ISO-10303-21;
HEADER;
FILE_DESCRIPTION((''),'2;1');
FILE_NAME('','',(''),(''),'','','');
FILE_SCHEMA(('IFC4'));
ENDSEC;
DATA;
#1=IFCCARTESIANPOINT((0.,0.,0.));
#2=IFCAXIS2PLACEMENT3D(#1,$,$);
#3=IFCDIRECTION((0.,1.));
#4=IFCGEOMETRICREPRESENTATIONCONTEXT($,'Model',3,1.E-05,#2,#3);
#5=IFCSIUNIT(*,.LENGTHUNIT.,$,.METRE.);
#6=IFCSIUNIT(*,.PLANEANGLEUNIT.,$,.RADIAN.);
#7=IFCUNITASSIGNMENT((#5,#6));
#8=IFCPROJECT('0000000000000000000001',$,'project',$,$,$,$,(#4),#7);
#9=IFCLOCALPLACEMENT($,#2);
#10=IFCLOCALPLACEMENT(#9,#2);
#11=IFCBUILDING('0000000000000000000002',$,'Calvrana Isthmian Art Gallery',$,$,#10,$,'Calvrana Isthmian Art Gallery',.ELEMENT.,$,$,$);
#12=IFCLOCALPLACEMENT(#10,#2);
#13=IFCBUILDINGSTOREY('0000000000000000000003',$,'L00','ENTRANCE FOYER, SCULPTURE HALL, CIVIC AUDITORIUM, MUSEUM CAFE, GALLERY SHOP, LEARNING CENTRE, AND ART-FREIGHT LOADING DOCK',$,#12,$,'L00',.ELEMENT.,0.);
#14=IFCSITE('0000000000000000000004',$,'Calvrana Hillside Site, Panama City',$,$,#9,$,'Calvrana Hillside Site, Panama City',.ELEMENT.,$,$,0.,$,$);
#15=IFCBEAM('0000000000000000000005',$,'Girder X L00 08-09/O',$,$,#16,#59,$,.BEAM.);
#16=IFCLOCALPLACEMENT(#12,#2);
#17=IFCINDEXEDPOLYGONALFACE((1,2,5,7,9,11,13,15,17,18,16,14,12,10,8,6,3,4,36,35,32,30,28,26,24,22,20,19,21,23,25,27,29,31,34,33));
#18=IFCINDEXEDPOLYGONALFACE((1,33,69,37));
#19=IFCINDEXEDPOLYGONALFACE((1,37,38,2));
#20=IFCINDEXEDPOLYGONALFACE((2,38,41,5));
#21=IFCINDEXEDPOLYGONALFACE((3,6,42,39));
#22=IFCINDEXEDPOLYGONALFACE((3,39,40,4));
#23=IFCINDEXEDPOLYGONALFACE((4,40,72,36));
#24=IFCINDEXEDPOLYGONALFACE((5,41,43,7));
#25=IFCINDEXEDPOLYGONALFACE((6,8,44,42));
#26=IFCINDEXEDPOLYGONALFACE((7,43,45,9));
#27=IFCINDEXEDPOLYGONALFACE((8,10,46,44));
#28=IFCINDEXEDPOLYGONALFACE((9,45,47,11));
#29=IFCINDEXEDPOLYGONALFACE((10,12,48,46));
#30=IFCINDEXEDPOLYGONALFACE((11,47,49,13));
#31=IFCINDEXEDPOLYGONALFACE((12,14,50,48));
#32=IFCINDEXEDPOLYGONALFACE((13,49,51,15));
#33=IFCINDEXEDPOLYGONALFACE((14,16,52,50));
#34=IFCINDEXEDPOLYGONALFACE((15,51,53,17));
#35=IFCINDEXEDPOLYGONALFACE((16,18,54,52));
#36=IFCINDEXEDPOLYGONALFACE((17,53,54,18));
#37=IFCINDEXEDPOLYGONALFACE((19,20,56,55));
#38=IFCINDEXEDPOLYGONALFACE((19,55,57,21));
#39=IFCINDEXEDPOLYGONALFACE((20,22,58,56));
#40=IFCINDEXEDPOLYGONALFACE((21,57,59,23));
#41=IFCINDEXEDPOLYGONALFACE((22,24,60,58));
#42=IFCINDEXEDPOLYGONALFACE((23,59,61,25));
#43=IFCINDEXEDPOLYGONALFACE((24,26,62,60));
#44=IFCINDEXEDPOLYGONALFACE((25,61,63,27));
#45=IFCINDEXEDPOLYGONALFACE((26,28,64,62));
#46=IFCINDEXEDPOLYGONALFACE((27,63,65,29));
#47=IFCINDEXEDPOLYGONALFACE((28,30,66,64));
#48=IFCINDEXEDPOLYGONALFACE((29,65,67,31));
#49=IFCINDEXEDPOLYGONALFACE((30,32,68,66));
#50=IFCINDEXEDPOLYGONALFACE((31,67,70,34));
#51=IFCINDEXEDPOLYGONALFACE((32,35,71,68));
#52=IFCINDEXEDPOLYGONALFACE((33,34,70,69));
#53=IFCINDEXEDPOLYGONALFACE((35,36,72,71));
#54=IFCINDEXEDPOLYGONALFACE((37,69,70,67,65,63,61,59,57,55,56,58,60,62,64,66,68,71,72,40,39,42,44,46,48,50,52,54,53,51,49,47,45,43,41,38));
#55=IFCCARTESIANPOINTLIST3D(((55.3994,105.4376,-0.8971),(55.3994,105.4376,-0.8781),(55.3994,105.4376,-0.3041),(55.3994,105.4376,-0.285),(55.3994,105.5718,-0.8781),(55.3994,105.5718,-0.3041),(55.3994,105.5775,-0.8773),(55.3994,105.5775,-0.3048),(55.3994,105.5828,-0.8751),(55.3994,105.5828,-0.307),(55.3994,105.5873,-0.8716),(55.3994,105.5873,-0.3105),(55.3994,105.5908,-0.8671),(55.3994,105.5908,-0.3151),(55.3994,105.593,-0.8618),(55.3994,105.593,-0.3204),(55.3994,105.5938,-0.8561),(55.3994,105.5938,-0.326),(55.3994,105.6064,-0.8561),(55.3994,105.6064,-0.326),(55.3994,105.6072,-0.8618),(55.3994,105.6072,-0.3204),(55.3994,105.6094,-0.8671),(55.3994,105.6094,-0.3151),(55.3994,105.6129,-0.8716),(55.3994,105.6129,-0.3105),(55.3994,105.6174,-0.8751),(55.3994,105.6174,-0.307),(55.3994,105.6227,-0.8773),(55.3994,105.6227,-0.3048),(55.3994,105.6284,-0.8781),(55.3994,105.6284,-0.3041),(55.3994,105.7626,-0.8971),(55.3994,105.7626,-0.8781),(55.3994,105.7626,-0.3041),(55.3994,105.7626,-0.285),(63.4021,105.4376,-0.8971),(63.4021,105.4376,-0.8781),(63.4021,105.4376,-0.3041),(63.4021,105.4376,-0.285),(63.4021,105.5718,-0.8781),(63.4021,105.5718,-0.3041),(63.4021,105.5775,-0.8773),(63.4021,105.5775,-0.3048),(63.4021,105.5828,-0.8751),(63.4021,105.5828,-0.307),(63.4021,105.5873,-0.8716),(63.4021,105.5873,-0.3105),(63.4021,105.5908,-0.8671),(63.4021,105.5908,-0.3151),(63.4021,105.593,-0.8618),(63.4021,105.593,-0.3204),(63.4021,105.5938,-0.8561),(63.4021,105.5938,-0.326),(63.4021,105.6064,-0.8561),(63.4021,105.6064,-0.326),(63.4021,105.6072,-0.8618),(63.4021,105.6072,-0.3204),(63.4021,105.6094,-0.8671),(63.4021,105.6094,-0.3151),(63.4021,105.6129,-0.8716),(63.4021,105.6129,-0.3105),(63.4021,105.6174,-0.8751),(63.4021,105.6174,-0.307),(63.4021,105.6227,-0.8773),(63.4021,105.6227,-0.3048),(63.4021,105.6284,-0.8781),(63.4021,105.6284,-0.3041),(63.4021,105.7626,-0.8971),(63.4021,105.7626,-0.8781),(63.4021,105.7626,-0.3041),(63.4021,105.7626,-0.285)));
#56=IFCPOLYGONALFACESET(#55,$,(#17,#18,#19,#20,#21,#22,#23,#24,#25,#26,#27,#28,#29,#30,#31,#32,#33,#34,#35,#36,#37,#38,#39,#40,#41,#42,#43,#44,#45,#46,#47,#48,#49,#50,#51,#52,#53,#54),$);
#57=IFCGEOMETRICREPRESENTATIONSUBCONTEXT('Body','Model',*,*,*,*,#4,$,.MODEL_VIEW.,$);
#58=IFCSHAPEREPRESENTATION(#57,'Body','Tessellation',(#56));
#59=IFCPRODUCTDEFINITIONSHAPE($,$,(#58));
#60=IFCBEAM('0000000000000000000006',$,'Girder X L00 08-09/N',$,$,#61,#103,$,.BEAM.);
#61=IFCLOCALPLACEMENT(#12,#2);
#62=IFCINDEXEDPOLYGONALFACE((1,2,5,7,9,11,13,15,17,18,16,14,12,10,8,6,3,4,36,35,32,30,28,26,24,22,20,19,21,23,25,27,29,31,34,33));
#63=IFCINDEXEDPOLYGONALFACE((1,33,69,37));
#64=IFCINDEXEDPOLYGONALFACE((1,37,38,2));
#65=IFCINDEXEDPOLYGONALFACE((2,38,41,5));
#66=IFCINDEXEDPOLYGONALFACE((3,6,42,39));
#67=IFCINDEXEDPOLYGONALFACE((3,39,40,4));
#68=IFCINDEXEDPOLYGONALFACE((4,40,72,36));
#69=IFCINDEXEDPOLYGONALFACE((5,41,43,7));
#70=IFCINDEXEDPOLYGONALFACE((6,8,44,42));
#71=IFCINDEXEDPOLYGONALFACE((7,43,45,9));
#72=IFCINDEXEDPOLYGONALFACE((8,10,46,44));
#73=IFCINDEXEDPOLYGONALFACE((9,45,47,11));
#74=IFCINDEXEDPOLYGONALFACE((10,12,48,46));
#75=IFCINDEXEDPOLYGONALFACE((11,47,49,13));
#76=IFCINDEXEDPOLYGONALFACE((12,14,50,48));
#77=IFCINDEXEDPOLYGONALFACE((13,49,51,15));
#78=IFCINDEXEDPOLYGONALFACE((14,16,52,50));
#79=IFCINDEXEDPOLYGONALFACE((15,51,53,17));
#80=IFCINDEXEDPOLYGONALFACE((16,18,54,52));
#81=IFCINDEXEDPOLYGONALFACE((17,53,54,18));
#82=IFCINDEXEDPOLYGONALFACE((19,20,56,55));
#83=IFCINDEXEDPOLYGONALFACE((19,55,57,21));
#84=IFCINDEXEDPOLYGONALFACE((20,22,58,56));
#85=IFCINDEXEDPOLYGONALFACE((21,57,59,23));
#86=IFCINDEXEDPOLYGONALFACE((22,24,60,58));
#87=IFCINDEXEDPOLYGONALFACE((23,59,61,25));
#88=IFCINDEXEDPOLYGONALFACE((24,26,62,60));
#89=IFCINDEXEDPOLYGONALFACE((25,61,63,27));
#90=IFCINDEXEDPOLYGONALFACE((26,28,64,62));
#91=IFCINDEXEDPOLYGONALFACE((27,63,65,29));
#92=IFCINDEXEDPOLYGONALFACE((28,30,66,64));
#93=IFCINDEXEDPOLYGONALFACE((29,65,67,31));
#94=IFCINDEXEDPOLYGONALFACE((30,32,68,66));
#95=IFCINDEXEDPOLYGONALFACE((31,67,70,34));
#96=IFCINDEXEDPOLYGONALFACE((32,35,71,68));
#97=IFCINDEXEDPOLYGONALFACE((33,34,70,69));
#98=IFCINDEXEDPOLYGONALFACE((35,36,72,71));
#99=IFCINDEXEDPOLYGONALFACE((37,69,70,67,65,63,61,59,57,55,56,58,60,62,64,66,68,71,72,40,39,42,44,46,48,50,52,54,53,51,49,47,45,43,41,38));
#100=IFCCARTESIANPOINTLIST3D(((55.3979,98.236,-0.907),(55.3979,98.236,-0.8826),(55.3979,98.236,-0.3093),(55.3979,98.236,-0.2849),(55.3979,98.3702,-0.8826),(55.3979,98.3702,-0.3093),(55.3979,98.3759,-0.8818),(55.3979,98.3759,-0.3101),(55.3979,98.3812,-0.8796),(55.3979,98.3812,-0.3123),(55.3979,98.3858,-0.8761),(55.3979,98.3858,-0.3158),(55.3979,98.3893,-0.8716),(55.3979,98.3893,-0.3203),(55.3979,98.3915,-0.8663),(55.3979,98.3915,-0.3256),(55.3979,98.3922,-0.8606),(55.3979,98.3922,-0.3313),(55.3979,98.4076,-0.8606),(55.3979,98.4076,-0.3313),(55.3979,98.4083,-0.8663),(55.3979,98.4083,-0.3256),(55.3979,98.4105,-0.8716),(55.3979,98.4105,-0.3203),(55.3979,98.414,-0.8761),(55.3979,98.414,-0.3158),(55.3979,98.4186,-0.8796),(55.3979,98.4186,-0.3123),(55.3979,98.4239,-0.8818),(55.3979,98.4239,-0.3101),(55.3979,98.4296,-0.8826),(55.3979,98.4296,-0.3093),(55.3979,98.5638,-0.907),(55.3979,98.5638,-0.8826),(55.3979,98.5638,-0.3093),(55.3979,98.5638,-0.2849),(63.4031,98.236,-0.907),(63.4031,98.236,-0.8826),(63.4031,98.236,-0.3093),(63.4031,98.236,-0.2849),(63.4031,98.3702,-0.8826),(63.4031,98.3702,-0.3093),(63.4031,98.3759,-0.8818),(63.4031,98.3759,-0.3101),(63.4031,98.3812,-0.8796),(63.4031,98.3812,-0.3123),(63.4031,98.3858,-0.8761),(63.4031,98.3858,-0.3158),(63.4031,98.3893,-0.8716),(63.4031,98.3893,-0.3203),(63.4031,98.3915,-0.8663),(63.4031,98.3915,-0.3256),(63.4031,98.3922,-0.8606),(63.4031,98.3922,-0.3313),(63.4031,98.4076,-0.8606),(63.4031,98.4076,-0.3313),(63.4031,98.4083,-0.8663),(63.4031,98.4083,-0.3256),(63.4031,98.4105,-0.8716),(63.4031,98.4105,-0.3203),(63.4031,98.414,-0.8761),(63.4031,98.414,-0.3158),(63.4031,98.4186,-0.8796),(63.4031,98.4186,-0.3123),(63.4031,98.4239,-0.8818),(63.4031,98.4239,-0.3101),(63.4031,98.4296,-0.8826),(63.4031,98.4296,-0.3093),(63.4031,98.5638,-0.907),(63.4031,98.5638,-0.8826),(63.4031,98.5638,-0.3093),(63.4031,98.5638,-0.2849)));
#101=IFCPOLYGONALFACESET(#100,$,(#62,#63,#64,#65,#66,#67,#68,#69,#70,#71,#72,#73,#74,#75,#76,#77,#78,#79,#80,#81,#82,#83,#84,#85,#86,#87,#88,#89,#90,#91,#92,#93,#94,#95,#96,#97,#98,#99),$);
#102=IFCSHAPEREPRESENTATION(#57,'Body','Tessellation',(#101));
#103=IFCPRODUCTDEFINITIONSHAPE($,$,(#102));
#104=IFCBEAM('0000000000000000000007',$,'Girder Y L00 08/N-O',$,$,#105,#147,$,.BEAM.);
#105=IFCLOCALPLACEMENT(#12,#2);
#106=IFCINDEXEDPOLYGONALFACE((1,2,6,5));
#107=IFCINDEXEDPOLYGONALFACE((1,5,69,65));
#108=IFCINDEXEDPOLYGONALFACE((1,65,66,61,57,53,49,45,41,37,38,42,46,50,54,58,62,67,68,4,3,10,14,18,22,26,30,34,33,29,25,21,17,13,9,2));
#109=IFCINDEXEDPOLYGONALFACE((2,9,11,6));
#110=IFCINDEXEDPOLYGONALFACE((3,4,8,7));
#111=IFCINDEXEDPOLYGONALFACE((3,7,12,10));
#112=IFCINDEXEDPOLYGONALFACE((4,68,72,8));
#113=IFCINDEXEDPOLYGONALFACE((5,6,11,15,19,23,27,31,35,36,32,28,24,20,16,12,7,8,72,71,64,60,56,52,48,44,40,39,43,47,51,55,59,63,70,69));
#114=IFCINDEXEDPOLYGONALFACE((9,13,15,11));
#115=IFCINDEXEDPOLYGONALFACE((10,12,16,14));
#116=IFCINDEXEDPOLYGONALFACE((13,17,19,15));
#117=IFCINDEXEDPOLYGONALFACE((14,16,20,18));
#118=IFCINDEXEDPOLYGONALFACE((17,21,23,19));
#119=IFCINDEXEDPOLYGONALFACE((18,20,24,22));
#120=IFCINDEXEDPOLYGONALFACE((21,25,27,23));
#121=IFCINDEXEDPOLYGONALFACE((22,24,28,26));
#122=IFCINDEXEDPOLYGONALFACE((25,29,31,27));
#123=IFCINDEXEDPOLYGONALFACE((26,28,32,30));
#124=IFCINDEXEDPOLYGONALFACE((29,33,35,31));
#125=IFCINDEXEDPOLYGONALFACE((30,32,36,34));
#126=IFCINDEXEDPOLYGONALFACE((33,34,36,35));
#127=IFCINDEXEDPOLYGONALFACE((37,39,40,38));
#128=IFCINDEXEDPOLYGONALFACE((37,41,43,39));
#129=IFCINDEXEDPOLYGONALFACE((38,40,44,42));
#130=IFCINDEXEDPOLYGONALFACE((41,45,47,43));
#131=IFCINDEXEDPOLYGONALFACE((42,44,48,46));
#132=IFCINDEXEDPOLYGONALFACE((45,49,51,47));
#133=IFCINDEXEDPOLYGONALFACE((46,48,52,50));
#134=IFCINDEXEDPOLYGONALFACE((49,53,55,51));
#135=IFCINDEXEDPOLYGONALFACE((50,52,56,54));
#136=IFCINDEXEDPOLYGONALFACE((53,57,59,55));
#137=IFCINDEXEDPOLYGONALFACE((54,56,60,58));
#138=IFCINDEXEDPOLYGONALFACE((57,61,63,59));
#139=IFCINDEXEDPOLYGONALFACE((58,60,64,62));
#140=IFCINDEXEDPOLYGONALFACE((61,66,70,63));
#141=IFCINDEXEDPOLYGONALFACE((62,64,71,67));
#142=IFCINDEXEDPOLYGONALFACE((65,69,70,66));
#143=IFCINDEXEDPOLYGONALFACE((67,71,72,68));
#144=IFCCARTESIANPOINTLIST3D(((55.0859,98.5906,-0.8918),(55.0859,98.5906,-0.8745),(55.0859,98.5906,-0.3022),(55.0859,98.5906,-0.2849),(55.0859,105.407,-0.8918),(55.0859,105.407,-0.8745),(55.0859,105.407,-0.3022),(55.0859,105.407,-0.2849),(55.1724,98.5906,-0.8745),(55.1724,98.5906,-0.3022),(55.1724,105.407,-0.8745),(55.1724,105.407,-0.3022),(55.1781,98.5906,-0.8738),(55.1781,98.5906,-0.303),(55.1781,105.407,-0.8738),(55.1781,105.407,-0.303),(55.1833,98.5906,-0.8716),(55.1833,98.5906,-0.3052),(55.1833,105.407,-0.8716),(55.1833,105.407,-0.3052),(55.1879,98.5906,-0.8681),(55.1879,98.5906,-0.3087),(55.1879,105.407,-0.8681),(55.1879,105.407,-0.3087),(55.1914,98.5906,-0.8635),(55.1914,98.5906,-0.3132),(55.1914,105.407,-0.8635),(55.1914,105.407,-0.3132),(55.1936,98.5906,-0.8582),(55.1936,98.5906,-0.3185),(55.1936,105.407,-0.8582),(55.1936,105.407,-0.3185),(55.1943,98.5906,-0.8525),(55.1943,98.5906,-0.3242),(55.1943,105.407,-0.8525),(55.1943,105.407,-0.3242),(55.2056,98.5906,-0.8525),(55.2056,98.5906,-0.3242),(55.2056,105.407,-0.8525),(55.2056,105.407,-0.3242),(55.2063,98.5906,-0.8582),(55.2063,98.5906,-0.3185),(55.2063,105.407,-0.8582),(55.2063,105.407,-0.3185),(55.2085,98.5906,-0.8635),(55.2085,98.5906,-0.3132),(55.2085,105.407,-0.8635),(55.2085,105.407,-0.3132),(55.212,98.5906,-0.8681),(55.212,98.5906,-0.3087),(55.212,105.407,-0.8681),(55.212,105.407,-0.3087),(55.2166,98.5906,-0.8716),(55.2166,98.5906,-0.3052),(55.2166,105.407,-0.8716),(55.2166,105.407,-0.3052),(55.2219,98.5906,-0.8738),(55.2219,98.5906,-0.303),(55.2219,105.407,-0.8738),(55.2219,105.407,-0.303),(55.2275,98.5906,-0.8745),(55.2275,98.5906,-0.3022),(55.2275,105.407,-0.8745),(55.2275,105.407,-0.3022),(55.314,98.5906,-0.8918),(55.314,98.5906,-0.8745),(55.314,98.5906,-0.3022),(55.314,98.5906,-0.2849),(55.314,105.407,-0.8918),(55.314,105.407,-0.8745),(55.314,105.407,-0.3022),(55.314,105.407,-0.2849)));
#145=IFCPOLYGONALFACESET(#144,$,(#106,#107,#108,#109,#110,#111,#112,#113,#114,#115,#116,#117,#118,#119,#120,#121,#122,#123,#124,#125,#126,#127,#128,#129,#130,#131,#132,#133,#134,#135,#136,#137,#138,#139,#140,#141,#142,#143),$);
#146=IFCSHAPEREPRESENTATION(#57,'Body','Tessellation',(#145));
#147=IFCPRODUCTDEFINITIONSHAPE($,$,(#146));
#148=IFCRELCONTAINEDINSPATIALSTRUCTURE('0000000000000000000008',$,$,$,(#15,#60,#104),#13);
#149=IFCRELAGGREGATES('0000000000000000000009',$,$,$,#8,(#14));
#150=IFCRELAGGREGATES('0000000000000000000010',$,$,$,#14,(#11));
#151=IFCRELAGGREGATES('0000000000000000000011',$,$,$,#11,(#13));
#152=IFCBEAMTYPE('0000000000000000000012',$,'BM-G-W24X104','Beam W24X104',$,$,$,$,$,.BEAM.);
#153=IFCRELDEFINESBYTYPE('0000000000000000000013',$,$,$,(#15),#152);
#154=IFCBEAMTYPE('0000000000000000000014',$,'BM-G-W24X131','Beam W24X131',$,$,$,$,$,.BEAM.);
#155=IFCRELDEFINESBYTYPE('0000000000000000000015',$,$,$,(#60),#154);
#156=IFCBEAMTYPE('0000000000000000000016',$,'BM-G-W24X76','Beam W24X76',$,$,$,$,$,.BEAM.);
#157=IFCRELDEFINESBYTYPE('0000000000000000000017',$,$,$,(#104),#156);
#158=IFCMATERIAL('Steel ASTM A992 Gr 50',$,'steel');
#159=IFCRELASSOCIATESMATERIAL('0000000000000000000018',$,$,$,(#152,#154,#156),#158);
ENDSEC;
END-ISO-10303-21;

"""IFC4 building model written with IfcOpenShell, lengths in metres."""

from ifc_helpers import new_model, si_unit, direction, frame, origin, origin_2d, place, context, subcontext, project, spatial, i_section, extrude, material, material_profile, profile_set, type_object, element, save


model = new_model("IFC4")

# Units and contexts
model_context = context("Model", 3, precision=1e-05, world=origin(), true_north=direction((0.0, 1.0)))
body_context = subcontext(model_context, "Body", "Model", "MODEL_VIEW")
ifc_project = project(units=[si_unit("LENGTHUNIT", "METRE"), si_unit("PLANEANGLEUNIT", "RADIAN")], contexts=[model_context])

# Site, building, storey
site_placement = place(None, origin())
site = spatial("IfcSite", under=ifc_project, at=site_placement, Name="Calvrana Hillside Site, Panama City", LongName="Calvrana Hillside Site, Panama City", CompositionType="ELEMENT", RefElevation=0.0)
building_placement = place(site_placement, origin())
building = spatial("IfcBuilding", under=site, at=building_placement, Name="Calvrana Isthmian Art Gallery", LongName="Calvrana Isthmian Art Gallery", CompositionType="ELEMENT")
storey_placement = place(building_placement, origin())
storey = spatial("IfcBuildingStorey", under=building, at=storey_placement, Name="L00", Description="ENTRANCE FOYER, SCULPTURE HALL, CIVIC AUDITORIUM, MUSEUM CAFE, GALLERY SHOP, LEARNING CENTRE, AND ART-FREIGHT LOADING DOCK", LongName="L00", CompositionType="ELEMENT", Elevation=0.0)

# Shared definitions
ifc_material_1 = material(Name="Steel ASTM A992 Gr 50", Category="steel")

# Beams
ifc_material_profile_1 = material_profile(ifc_material_1, i_section(OverallWidth=0.325, OverallDepth=0.6121, WebThickness=0.0127, FlangeThickness=0.019, FilletRadius=0.022, at=origin_2d()), Name="W24X104")
ifc_profile_set_1 = profile_set([ifc_material_profile_1], Name="Steel ASTM A992 Gr 50")
beam_type_1 = type_object("IfcBeamType", Name="BM-G-W24X104", Description="Beam W24X104", PredefinedType="BEAM", material=ifc_profile_set_1)
beam_1_placement = place(storey_placement, frame((55.3994, 105.6001, -0.5911), z_axis=(1.0, 0.0, 0.0), x_axis=(0.0, 1.0, 0.0)))
element("IfcBeam", 1, at=beam_1_placement, inside=storey, type_object=beam_type_1, Name="Girder X L00 08-09/O", PredefinedType="BEAM", context=body_context, shape_type="SweptSolid", body=[
    extrude(i_section(OverallWidth=0.325, OverallDepth=0.6121, WebThickness=0.0127, FlangeThickness=0.019, FilletRadius=0.022, at=origin_2d()), origin(), (0.0, 0.0, 1.0), 8.0027),
])
ifc_material_profile_2 = material_profile(ifc_material_1, i_section(OverallWidth=0.3279, OverallDepth=0.6221, WebThickness=0.0154, FlangeThickness=0.0244, FilletRadius=0.022, at=origin_2d()), Name="W24X131")
ifc_profile_set_2 = profile_set([ifc_material_profile_2], Name="Steel ASTM A992 Gr 50")
beam_type_2 = type_object("IfcBeamType", Name="BM-G-W24X131", Description="Beam W24X131", PredefinedType="BEAM", material=ifc_profile_set_2)
beam_2_placement = place(storey_placement, frame((55.3979, 98.3999, -0.5959), z_axis=(1.0, 0.0, 0.0), x_axis=(0.0, 1.0, 0.0)))
element("IfcBeam", 2, at=beam_2_placement, inside=storey, type_object=beam_type_2, Name="Girder X L00 08-09/N", PredefinedType="BEAM", context=body_context, shape_type="SweptSolid", body=[
    extrude(i_section(OverallWidth=0.3279, OverallDepth=0.6221, WebThickness=0.0154, FlangeThickness=0.0244, FilletRadius=0.022, at=origin_2d()), origin(), (0.0, 0.0, 1.0), 8.0051),
])
ifc_material_profile_3 = material_profile(ifc_material_1, i_section(OverallWidth=0.228, OverallDepth=0.6069, WebThickness=0.0112, FlangeThickness=0.0173, FilletRadius=0.022, at=origin_2d()), Name="W24X76")
ifc_profile_set_3 = profile_set([ifc_material_profile_3], Name="Steel ASTM A992 Gr 50")
beam_type_3 = type_object("IfcBeamType", Name="BM-G-W24X76", Description="Beam W24X76", PredefinedType="BEAM", material=ifc_profile_set_3)
beam_3_placement = place(storey_placement, frame((55.2, 98.5906, -0.5884), z_axis=(0.0, 1.0, 0.0), x_axis=(-1.0, 0.0, 0.0)))
element("IfcBeam", 3, at=beam_3_placement, inside=storey, type_object=beam_type_3, Name="Girder Y L00 08/N-O", PredefinedType="BEAM", context=body_context, shape_type="SweptSolid", body=[
    extrude(i_section(OverallWidth=0.228, OverallDepth=0.6069, WebThickness=0.0112, FlangeThickness=0.0173, FilletRadius=0.022, at=origin_2d()), origin(), (0.0, 0.0, 1.0), 6.8164),
])

save(model, "model.ifc")
